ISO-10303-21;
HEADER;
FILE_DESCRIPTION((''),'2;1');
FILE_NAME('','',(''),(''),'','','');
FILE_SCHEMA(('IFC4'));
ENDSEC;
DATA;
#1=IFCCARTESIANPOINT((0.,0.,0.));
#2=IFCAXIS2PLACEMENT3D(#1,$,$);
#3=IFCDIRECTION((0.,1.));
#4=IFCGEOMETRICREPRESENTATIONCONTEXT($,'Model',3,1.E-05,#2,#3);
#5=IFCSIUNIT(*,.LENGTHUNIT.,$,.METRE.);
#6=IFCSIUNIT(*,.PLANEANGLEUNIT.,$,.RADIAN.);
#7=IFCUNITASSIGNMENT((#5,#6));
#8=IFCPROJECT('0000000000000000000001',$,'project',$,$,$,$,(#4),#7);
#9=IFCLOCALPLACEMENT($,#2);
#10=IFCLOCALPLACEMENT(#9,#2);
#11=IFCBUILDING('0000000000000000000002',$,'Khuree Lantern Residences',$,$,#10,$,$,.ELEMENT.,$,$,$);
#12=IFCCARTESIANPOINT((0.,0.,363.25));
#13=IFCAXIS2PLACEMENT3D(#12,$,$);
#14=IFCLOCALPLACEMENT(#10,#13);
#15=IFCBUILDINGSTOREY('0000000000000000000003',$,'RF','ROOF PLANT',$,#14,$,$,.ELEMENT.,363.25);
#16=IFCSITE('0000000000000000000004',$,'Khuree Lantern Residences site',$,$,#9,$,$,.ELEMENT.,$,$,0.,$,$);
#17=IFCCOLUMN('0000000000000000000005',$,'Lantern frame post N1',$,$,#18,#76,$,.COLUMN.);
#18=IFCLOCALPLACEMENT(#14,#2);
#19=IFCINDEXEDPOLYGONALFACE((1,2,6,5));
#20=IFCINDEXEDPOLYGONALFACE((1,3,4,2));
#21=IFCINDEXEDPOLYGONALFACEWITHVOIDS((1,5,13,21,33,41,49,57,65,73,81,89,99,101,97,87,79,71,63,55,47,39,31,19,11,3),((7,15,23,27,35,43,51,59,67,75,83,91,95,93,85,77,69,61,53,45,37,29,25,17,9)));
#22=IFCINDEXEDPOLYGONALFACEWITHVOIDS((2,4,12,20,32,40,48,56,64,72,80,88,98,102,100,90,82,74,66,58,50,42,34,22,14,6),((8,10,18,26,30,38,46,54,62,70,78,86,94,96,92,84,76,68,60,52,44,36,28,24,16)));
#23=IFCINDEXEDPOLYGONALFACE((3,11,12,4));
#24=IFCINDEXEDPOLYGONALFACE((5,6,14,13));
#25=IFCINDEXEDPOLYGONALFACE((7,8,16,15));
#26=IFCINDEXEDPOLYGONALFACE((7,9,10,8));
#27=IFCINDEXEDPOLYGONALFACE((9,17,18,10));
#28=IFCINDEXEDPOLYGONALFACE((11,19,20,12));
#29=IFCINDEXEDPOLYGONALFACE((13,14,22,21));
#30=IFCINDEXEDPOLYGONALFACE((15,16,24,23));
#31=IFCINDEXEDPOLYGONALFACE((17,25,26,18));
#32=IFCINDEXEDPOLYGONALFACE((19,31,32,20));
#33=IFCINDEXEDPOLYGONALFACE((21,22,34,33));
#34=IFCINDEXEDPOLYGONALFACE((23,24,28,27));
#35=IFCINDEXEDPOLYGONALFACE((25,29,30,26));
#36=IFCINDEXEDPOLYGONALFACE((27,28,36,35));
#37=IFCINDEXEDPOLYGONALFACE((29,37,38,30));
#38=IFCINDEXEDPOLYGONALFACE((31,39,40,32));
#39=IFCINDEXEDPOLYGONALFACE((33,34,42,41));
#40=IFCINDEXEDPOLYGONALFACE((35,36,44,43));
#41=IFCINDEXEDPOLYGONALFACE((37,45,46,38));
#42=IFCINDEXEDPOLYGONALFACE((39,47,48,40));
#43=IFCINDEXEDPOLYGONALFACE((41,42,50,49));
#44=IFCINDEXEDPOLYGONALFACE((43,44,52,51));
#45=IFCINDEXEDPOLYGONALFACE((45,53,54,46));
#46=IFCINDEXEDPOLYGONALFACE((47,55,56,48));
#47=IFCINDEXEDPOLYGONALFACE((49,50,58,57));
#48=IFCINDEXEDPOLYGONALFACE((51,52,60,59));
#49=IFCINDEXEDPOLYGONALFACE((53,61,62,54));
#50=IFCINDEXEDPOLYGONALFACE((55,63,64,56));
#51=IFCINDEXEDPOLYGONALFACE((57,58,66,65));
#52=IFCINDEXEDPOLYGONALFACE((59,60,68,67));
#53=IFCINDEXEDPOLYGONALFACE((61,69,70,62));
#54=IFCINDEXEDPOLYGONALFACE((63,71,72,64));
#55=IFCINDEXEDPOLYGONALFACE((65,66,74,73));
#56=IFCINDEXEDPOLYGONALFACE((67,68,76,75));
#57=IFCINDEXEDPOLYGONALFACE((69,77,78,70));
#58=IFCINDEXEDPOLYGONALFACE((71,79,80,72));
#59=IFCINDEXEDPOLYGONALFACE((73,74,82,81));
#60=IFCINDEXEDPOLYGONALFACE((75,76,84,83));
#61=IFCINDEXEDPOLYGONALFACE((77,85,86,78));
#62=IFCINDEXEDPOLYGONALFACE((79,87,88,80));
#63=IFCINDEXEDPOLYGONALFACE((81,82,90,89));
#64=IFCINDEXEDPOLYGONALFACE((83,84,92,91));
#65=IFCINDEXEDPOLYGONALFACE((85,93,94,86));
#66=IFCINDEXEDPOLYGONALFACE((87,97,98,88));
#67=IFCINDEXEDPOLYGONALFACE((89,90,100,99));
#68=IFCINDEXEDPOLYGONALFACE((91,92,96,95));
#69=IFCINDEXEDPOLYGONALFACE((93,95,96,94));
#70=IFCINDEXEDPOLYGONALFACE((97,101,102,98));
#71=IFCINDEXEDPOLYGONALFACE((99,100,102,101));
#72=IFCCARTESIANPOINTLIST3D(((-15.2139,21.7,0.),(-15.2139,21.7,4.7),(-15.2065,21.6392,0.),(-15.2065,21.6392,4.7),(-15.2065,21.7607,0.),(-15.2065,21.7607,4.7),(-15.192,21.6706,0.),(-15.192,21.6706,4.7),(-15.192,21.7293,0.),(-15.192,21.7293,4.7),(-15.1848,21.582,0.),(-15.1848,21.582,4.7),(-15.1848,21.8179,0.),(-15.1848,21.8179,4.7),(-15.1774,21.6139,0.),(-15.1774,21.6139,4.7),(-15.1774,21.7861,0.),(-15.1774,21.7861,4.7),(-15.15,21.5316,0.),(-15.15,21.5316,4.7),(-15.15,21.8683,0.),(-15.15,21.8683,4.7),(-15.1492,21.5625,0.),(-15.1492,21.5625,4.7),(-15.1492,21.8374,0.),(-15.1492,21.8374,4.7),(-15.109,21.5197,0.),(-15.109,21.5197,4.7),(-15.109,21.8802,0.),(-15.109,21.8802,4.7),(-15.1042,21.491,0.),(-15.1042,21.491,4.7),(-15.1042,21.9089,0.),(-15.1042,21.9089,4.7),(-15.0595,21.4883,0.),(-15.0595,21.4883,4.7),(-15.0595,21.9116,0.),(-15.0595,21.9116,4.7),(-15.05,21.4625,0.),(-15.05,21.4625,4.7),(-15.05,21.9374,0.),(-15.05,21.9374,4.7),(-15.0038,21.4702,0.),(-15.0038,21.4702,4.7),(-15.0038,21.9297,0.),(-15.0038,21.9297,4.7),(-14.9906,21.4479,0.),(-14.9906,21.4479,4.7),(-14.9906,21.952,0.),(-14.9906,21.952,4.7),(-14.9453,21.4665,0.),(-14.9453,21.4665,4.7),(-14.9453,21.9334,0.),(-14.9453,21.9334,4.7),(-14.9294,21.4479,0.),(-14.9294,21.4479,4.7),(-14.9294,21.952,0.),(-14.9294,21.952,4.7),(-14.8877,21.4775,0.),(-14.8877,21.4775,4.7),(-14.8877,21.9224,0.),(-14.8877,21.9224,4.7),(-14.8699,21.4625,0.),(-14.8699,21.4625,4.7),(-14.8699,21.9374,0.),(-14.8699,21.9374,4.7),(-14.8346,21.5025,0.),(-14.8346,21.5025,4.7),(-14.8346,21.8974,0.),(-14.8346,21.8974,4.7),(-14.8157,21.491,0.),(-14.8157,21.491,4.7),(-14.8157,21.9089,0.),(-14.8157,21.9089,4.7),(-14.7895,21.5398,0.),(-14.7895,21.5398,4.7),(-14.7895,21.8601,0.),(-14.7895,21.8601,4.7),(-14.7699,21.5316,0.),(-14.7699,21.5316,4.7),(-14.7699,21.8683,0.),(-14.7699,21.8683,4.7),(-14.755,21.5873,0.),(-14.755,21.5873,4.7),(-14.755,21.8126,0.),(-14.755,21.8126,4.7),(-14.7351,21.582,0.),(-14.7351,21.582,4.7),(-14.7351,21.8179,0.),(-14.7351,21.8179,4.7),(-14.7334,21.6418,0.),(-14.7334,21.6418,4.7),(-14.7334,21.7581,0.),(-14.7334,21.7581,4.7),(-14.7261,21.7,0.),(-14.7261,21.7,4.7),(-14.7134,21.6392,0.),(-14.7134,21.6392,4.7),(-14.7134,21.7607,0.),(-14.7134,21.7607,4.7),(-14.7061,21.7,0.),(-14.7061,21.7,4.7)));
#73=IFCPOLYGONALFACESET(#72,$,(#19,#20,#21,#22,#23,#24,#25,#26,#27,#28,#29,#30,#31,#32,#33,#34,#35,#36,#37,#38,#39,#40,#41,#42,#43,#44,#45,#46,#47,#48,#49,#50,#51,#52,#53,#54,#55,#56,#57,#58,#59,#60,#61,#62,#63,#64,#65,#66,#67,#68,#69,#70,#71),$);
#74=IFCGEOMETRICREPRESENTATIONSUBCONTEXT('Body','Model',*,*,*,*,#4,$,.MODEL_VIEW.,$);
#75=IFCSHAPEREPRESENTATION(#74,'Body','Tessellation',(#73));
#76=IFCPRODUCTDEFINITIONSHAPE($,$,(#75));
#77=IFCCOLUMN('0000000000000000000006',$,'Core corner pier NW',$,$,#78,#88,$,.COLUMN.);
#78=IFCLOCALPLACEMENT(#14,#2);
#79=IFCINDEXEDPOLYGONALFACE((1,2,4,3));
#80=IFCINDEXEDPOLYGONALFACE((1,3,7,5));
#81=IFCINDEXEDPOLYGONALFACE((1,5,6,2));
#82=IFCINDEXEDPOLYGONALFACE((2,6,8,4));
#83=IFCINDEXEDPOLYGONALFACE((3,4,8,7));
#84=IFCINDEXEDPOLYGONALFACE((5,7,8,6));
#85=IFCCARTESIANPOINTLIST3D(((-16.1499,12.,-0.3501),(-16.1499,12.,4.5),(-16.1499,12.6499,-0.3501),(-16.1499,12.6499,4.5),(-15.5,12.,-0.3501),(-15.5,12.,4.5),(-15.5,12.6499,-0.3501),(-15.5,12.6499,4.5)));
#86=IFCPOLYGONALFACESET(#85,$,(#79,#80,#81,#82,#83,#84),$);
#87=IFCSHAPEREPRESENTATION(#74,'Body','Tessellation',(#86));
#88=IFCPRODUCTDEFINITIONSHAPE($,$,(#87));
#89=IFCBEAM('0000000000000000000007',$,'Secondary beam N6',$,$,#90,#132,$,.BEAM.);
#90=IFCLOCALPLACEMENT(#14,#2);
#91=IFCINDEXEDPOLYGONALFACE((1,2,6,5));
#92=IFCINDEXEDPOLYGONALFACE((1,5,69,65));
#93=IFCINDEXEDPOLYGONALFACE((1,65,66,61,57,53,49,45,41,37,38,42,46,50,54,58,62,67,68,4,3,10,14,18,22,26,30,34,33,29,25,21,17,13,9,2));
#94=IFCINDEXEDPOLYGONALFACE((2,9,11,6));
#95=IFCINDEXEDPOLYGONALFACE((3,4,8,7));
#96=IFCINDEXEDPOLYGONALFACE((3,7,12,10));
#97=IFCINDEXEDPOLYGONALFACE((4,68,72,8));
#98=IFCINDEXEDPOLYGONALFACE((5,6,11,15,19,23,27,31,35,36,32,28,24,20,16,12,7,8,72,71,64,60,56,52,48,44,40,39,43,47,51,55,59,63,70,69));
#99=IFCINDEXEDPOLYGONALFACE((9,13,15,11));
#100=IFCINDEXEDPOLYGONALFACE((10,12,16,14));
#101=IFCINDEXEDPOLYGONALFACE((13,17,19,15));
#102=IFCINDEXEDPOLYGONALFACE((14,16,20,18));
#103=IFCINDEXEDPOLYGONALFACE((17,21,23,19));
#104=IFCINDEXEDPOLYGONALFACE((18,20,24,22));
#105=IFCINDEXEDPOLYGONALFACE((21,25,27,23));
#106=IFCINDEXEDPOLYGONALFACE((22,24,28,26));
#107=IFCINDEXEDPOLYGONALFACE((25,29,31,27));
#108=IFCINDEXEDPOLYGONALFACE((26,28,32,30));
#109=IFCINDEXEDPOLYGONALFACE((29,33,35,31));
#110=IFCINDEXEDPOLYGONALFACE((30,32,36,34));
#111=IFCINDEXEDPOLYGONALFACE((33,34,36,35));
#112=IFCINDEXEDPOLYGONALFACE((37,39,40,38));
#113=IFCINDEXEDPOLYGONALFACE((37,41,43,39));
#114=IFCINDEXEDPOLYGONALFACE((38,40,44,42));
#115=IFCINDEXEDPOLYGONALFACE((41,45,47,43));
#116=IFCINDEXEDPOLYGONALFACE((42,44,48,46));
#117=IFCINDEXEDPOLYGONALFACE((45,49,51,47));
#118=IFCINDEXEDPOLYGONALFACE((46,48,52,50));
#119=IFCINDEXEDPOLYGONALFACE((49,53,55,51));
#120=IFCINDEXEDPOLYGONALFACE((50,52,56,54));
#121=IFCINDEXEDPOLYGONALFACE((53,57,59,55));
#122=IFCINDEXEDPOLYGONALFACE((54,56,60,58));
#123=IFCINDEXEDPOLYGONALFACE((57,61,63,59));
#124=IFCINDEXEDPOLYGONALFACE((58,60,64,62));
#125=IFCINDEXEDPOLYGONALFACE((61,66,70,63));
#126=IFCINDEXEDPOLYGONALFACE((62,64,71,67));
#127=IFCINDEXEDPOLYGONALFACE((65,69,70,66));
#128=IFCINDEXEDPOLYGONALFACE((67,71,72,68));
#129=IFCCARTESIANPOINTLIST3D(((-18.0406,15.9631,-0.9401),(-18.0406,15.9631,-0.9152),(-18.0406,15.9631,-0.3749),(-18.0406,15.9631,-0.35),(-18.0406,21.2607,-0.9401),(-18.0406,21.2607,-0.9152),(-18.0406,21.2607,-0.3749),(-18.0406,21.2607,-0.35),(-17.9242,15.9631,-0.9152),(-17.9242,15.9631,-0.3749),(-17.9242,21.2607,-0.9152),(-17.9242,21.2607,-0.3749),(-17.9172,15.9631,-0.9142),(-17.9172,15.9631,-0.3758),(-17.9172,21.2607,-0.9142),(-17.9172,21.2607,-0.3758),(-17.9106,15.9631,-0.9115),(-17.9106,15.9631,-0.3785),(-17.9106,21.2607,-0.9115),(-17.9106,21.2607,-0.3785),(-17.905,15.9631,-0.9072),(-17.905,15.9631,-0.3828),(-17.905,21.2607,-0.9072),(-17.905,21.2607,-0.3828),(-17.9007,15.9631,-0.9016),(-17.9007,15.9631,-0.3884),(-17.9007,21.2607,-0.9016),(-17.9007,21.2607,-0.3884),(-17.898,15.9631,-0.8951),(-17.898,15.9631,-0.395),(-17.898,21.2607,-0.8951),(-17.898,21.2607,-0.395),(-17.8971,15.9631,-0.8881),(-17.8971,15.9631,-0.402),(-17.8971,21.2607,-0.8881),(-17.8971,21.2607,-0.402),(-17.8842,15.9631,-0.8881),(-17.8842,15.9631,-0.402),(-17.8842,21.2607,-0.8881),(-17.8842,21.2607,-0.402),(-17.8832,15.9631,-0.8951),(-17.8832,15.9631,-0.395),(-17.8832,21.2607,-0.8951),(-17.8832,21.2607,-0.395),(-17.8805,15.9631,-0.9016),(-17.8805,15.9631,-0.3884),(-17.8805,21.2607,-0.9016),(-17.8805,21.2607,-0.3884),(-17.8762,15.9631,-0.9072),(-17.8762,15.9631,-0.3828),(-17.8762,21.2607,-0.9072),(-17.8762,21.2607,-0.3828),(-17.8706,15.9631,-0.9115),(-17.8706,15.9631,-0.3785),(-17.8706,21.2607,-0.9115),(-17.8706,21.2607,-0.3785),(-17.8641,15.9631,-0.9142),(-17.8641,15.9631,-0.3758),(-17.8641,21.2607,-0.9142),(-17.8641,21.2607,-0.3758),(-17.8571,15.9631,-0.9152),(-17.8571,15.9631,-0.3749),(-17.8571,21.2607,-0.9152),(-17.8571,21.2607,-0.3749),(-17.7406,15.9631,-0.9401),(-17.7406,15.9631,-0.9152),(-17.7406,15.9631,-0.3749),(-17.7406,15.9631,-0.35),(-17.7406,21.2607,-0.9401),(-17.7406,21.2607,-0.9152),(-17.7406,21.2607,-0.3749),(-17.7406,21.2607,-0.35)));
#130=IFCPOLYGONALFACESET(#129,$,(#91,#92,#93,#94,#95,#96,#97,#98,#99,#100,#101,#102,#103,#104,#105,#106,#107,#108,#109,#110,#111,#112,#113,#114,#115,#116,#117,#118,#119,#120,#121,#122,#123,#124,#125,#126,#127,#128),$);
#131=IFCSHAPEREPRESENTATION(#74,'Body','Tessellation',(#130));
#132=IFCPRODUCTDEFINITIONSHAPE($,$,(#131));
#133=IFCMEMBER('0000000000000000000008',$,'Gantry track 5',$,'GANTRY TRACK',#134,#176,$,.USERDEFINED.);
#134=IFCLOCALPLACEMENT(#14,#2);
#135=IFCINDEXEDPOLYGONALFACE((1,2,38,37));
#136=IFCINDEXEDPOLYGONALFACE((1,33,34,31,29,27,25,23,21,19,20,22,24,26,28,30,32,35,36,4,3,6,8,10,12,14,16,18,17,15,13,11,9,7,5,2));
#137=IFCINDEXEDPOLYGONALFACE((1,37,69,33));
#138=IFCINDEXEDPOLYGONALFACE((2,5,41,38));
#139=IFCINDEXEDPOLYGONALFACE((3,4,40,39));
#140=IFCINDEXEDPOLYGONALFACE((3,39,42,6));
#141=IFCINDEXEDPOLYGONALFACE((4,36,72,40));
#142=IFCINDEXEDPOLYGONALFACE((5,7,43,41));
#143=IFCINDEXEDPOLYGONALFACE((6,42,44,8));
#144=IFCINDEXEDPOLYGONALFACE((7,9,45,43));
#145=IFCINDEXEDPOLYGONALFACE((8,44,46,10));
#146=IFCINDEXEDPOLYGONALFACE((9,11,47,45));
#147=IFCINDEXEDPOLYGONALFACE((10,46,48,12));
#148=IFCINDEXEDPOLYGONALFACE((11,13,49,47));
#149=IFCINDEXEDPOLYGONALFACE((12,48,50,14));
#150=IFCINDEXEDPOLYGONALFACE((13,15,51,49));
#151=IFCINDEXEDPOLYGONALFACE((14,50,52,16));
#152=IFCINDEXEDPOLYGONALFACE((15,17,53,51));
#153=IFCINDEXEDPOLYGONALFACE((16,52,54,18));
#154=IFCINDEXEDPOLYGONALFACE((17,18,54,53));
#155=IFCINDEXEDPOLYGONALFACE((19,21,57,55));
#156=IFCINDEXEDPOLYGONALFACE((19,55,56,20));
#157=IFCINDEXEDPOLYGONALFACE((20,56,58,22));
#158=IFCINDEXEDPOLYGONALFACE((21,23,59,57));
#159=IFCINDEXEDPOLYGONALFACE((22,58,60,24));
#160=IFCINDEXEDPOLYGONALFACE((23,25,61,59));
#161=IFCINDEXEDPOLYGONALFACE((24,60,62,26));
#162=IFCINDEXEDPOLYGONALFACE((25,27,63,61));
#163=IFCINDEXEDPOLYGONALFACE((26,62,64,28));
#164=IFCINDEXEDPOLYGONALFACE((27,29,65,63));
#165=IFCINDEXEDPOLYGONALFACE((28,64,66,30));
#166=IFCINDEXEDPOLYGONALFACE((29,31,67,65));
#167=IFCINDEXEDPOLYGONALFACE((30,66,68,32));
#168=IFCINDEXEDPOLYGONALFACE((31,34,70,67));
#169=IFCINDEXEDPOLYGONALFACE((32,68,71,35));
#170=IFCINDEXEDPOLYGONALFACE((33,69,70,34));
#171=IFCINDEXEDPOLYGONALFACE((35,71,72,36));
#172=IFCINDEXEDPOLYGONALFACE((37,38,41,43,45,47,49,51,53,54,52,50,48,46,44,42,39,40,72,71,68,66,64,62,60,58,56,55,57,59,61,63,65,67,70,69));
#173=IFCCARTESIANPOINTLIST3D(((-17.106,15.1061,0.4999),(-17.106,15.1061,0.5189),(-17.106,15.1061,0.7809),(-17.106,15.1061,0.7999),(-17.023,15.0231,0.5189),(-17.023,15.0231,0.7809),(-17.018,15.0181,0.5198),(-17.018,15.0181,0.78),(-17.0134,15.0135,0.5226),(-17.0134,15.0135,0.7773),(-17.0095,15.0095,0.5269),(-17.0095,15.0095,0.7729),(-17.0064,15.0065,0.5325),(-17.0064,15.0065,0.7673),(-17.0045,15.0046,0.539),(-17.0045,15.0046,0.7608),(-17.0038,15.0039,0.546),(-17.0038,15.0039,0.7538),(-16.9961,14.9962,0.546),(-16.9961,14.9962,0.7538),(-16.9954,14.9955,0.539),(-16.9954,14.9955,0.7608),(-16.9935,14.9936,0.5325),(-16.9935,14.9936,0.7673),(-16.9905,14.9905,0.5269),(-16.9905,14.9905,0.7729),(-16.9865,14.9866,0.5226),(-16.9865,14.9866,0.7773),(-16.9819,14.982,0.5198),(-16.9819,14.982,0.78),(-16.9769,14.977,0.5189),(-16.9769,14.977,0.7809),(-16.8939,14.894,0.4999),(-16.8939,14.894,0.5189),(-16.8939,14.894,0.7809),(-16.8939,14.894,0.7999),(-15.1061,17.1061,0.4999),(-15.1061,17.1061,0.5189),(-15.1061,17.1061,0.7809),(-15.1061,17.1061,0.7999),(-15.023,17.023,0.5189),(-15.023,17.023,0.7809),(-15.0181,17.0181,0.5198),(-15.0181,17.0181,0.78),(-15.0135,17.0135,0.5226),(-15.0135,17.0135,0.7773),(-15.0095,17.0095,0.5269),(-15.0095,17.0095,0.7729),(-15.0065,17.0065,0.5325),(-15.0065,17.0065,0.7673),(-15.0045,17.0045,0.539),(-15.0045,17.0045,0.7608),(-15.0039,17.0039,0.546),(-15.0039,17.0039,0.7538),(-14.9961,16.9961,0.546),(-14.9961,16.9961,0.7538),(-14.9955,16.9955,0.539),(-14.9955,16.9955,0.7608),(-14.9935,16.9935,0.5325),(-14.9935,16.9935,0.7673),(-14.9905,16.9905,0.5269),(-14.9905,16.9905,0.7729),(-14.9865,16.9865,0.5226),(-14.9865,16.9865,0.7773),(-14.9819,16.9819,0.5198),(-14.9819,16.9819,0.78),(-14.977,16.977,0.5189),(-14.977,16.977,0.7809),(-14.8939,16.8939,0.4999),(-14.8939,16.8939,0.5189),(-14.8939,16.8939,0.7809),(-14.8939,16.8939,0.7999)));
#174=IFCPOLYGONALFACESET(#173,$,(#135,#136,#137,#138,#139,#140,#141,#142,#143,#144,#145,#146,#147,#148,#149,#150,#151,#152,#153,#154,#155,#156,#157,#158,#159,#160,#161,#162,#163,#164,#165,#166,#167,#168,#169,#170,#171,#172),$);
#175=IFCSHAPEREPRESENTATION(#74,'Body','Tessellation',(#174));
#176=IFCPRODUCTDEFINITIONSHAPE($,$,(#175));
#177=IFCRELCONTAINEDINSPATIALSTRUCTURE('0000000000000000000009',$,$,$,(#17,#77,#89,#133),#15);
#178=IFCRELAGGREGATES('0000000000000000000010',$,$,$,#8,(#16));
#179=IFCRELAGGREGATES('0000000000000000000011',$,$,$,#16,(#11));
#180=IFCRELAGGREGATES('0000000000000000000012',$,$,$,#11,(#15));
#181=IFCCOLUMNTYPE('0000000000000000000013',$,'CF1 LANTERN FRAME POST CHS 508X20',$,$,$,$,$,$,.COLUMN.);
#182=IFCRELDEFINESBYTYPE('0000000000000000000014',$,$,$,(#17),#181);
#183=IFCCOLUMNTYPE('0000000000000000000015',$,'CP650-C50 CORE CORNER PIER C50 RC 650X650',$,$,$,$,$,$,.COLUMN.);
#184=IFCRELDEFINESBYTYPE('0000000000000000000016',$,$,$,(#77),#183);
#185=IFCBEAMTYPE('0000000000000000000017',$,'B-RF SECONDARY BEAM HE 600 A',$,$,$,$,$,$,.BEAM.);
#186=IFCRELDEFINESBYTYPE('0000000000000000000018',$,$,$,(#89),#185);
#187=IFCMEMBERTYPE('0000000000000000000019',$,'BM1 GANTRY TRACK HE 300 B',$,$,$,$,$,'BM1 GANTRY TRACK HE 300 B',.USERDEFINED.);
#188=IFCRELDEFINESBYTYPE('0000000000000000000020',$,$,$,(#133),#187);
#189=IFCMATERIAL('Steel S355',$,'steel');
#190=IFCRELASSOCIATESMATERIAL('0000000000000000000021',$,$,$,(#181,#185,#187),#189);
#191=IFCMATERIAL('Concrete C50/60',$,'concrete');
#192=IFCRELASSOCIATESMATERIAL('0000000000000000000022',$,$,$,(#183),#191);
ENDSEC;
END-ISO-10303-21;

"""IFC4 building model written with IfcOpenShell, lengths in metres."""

from ifc_helpers import new_model, si_unit, direction, frame, origin, origin_2d, place, context, subcontext, project, spatial, rectangle, hollow_circle, i_section, extrude, material, material_profile, profile_set, type_object, element, save


model = new_model("IFC4")

# Units and contexts
model_context = context("Model", 3, precision=1e-05, world=origin(), true_north=direction((0.0, 1.0)))
body_context = subcontext(model_context, "Body", "Model", "MODEL_VIEW")
ifc_project = project(units=[si_unit("LENGTHUNIT", "METRE"), si_unit("PLANEANGLEUNIT", "RADIAN")], contexts=[model_context])

# Site, building, storey
site_placement = place(None, origin())
site = spatial("IfcSite", under=ifc_project, at=site_placement, Name="Khuree Lantern Residences site", CompositionType="ELEMENT", RefElevation=0.0)
building_placement = place(site_placement, origin())
building = spatial("IfcBuilding", under=site, at=building_placement, Name="Khuree Lantern Residences", CompositionType="ELEMENT")
storey_placement = place(building_placement, frame((0.0, 0.0, 363.25)))
storey = spatial("IfcBuildingStorey", under=building, at=storey_placement, Name="RF", Description="ROOF PLANT", CompositionType="ELEMENT", Elevation=363.25)

# Columns
ifc_material_1 = material(Name="Steel S355", Category="steel")
ifc_material_profile_1 = material_profile(ifc_material_1, hollow_circle(Radius=0.2539, WallThickness=0.02, at=origin_2d()), Name="CHS 508X20")
ifc_profile_set_1 = profile_set([ifc_material_profile_1], Name="Steel S355")
column_type_1 = type_object("IfcColumnType", Name="CF1 LANTERN FRAME POST CHS 508X20", PredefinedType="COLUMN", material=ifc_profile_set_1)
column_1_placement = place(storey_placement, frame((-14.96, 21.7, 0.0), z_axis=(0.0, 0.0, 1.0), x_axis=(1.0, 0.0, 0.0)))
element("IfcColumn", 1, at=column_1_placement, inside=storey, type_object=column_type_1, Name="Lantern frame post N1", PredefinedType="COLUMN", context=body_context, shape_type="SweptSolid", body=[
    extrude(hollow_circle(Radius=0.2539, WallThickness=0.02, at=origin_2d()), origin(), (0.0, 0.0, 1.0), 4.7),
])
ifc_material_2 = material(Name="Concrete C50/60", Category="concrete")
ifc_material_profile_2 = material_profile(ifc_material_2, rectangle(XDim=0.6499, YDim=0.6499, at=origin_2d()), Name="RC 650X650")
ifc_profile_set_2 = profile_set([ifc_material_profile_2], Name="Concrete C50/60")
column_type_2 = type_object("IfcColumnType", Name="CP650-C50 CORE CORNER PIER C50 RC 650X650", PredefinedType="COLUMN", material=ifc_profile_set_2)
column_2_placement = place(storey_placement, frame((-15.825, 12.325, -0.3501), z_axis=(0.0, 0.0, 1.0), x_axis=(1.0, 0.0, 0.0)))
element("IfcColumn", 2, at=column_2_placement, inside=storey, type_object=column_type_2, Name="Core corner pier NW", PredefinedType="COLUMN", context=body_context, shape_type="SweptSolid", body=[
    extrude(rectangle(XDim=0.6499, YDim=0.6499, at=origin_2d()), origin(), (0.0, 0.0, 1.0), 4.8501),
])

# Beam
ifc_material_profile_3 = material_profile(ifc_material_1, i_section(OverallWidth=0.3, OverallDepth=0.5901, WebThickness=0.0129, FlangeThickness=0.0249, FilletRadius=0.0271, at=origin_2d()), Name="HE 600 A")
ifc_profile_set_3 = profile_set([ifc_material_profile_3], Name="Steel S355")
beam_type_1 = type_object("IfcBeamType", Name="B-RF SECONDARY BEAM HE 600 A", PredefinedType="BEAM", material=ifc_profile_set_3)
beam_1_placement = place(storey_placement, frame((-17.8906, 21.2607, -0.645), z_axis=(0.0, -1.0, 0.0), x_axis=(1.0, 0.0, 0.0)))
element("IfcBeam", 3, at=beam_1_placement, inside=storey, type_object=beam_type_1, Name="Secondary beam N6", PredefinedType="BEAM", context=body_context, shape_type="SweptSolid", body=[
    extrude(i_section(OverallWidth=0.3, OverallDepth=0.5901, WebThickness=0.0129, FlangeThickness=0.0249, FilletRadius=0.0271, at=origin_2d()), origin(), (0.0, 0.0, 1.0), 5.2976),
])

# Member
ifc_material_profile_4 = material_profile(ifc_material_1, i_section(OverallWidth=0.3, OverallDepth=0.3, WebThickness=0.011, FlangeThickness=0.019, FilletRadius=0.0271, at=origin_2d()), Name="HE 300 B")
ifc_profile_set_4 = profile_set([ifc_material_profile_4], Name="Steel S355")
member_type_1 = type_object("IfcMemberType", Name="BM1 GANTRY TRACK HE 300 B", ElementType="BM1 GANTRY TRACK HE 300 B", PredefinedType="USERDEFINED", material=ifc_profile_set_4)
member_1_placement = place(storey_placement, frame((-15.0, 17.0, 0.6499), z_axis=(-0.707107, -0.707107, 0.0), x_axis=(0.707107, -0.707107, 0.0)))
element("IfcMember", 4, at=member_1_placement, inside=storey, type_object=member_type_1, Name="Gantry track 5", ObjectType="GANTRY TRACK", PredefinedType="USERDEFINED", context=body_context, shape_type="SweptSolid", body=[
    extrude(i_section(OverallWidth=0.3, OverallDepth=0.3, WebThickness=0.011, FlangeThickness=0.019, FilletRadius=0.0271, at=origin_2d()), origin(), (0.0, 0.0, 1.0), 2.8284),
])

save(model, "model.ifc")
